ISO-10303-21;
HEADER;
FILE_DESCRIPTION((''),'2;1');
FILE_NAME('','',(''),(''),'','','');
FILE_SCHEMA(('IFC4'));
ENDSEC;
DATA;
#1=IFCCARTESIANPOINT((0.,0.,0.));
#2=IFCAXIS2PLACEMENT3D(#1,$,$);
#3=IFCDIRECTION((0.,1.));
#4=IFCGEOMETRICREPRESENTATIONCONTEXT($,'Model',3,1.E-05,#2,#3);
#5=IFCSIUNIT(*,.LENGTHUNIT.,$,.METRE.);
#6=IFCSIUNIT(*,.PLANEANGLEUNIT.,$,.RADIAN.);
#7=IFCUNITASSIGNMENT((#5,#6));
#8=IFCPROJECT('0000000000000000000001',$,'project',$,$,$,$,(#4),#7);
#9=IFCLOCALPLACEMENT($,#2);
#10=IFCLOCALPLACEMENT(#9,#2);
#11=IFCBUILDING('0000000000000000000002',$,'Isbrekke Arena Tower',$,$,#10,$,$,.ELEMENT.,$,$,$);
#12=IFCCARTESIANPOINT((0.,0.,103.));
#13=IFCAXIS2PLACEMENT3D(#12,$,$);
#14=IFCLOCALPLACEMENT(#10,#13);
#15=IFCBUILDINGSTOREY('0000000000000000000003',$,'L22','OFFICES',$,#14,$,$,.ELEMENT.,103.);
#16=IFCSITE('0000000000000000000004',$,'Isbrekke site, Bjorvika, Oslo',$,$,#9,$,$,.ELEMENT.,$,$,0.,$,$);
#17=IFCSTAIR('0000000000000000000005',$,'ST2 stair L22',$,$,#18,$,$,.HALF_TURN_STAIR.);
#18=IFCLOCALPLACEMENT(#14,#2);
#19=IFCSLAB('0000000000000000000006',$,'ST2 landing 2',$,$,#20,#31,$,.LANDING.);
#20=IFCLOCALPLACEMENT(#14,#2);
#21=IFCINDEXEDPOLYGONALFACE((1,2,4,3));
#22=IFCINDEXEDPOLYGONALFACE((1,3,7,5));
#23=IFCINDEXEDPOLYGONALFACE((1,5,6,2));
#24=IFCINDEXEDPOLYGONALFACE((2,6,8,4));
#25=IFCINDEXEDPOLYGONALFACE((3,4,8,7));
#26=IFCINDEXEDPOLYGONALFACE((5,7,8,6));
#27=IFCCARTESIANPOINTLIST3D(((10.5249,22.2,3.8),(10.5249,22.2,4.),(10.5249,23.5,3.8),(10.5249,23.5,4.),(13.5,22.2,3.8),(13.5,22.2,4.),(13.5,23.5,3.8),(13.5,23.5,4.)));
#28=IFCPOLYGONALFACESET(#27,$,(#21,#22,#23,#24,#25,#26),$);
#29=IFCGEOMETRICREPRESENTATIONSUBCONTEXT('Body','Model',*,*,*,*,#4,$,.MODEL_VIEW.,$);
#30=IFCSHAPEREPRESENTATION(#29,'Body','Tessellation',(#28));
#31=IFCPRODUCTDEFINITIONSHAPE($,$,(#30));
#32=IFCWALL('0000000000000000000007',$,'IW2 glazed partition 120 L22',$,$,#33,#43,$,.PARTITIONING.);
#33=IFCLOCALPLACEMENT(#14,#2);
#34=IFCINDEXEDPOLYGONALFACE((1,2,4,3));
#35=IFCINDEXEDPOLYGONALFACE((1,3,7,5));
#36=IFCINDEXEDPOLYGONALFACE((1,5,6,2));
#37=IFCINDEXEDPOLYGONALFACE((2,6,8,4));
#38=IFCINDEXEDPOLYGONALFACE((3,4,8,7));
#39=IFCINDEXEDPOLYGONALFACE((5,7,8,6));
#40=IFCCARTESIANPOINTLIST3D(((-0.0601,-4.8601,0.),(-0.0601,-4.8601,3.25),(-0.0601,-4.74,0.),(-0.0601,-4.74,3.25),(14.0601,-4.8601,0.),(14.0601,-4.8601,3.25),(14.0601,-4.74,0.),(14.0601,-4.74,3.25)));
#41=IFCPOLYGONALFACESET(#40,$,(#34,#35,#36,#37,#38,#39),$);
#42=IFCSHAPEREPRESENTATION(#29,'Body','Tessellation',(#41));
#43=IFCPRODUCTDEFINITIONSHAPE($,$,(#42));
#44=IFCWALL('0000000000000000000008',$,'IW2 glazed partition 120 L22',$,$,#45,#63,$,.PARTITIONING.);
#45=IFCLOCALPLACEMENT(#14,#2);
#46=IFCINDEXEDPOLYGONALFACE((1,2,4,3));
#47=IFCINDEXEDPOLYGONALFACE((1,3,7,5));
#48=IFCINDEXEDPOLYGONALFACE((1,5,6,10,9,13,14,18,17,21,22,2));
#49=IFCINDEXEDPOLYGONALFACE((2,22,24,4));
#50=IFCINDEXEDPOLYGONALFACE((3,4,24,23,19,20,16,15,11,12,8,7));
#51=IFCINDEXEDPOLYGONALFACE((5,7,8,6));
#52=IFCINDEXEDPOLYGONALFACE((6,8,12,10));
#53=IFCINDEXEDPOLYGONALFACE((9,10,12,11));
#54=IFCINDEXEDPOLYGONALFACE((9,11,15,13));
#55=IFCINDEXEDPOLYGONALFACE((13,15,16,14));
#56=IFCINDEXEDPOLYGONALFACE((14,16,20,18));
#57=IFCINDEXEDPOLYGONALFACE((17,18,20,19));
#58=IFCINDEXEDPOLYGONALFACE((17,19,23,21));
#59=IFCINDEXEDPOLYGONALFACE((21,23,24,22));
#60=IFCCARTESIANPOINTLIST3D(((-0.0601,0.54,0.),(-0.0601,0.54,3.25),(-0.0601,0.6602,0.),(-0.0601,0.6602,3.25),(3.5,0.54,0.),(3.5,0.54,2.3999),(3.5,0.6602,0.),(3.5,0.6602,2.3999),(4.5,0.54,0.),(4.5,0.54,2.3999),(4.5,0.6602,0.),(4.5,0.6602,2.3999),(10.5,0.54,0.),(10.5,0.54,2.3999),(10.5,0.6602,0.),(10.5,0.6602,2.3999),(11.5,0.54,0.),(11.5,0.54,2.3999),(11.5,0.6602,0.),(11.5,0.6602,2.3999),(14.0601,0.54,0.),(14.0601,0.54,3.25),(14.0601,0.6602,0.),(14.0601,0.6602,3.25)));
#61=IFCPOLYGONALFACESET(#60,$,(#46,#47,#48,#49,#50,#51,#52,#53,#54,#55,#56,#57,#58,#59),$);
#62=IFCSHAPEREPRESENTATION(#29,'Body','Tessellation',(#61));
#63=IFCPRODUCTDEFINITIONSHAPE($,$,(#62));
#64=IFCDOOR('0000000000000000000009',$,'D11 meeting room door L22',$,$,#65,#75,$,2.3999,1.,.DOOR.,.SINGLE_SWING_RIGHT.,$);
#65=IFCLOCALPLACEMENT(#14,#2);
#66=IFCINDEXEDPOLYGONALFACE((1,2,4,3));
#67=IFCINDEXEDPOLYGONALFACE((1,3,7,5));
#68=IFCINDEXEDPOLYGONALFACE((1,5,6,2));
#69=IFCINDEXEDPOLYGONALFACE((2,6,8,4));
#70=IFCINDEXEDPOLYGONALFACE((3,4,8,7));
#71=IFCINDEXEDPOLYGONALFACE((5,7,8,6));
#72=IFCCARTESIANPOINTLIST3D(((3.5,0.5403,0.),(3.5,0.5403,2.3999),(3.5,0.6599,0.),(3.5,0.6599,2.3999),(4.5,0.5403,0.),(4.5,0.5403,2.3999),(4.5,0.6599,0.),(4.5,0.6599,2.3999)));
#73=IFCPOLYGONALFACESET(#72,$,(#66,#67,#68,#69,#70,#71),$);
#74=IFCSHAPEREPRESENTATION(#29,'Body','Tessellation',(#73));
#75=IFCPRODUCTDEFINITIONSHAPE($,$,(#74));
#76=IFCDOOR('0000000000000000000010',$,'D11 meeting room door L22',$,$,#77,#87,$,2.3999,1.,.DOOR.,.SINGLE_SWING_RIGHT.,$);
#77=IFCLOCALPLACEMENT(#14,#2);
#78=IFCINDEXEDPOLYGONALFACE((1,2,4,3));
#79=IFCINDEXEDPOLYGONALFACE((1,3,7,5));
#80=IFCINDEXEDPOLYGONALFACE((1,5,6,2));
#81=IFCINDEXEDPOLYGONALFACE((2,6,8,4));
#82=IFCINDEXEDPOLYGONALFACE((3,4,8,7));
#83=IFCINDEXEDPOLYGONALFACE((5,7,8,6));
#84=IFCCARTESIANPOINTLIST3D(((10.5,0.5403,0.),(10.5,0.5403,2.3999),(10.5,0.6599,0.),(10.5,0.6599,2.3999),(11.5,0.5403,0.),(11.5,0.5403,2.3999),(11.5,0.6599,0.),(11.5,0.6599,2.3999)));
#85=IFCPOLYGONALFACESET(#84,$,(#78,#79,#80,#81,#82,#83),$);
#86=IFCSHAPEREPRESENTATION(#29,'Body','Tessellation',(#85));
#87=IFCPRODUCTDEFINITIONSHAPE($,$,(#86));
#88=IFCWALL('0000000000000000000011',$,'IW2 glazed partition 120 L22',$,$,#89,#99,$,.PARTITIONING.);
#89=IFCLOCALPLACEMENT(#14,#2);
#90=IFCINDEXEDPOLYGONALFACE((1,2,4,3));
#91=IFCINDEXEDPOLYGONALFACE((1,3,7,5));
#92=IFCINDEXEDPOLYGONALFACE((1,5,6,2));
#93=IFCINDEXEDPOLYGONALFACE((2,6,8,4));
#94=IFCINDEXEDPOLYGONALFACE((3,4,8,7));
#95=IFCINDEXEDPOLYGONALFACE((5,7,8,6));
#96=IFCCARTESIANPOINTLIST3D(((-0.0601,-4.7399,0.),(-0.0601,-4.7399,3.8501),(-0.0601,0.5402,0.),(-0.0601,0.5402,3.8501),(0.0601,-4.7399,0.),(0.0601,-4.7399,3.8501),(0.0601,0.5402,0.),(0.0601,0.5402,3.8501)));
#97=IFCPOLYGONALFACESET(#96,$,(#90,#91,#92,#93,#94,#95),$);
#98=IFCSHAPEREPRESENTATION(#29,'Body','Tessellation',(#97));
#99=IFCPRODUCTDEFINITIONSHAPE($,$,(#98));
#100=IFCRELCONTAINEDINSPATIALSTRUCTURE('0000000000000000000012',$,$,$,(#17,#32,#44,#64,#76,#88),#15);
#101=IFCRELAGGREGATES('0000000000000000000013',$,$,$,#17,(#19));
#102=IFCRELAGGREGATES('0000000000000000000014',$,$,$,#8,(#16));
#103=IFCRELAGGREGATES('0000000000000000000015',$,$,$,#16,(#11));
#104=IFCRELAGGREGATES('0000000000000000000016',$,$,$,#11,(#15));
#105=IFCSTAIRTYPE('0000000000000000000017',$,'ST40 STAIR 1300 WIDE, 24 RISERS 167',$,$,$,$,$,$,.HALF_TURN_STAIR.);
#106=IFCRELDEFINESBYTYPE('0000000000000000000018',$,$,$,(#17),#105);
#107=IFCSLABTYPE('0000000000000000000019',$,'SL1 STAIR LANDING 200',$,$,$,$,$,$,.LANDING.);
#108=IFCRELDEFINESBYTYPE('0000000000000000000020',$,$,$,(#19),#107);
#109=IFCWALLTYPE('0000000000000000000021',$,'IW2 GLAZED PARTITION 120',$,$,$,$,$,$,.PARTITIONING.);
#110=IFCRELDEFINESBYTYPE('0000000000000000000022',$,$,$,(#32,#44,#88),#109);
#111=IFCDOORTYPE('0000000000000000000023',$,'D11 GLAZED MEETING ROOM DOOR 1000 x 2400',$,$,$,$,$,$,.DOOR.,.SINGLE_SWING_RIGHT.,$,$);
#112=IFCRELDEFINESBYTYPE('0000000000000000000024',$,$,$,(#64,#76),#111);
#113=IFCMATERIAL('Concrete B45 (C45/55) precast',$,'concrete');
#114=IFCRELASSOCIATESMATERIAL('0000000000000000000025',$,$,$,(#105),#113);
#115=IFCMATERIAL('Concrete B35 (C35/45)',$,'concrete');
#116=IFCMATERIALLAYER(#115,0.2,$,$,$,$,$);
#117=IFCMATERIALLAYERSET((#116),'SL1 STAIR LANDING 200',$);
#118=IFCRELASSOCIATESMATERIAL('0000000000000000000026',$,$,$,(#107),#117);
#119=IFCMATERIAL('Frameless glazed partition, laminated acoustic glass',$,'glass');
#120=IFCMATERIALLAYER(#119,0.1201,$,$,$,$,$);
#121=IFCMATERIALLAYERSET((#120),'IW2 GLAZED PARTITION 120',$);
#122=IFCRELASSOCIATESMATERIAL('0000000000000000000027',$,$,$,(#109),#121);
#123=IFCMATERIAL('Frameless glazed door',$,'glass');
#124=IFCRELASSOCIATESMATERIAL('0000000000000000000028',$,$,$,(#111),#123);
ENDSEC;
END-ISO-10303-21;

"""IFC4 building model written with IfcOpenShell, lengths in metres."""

from ifc_helpers import new_model, si_unit, direction, frame, frame_2d, origin, place, context, subcontext, project, spatial, polyline, rectangle, outline, extrude, material, layer, layer_set, type_object, element, fill, aggregate, save


model = new_model("IFC4")

# Units and contexts
model_context = context("Model", 3, precision=1e-05, world=origin(), true_north=direction((0.0, 1.0)))
body_context = subcontext(model_context, "Body", "Model", "MODEL_VIEW")
ifc_project = project(units=[si_unit("LENGTHUNIT", "METRE"), si_unit("PLANEANGLEUNIT", "RADIAN")], contexts=[model_context])

# Site, building, storey
site_placement = place(None, origin())
site = spatial("IfcSite", under=ifc_project, at=site_placement, Name="Isbrekke site, Bjorvika, Oslo", CompositionType="ELEMENT", RefElevation=0.0)
building_placement = place(site_placement, origin())
building = spatial("IfcBuilding", under=site, at=building_placement, Name="Isbrekke Arena Tower", CompositionType="ELEMENT")
storey_placement = place(building_placement, frame((0.0, 0.0, 103.0)))
storey = spatial("IfcBuildingStorey", under=building, at=storey_placement, Name="L22", Description="OFFICES", CompositionType="ELEMENT", Elevation=103.0)

# Stair, slab
ifc_material_1 = material(Name="Concrete B45 (C45/55) precast", Category="concrete")
stair_type = type_object("IfcStairType", Name="ST40 STAIR 1300 WIDE, 24 RISERS 167", PredefinedType="HALF_TURN_STAIR", material=ifc_material_1)
ifc_material_2 = material(Name="Concrete B35 (C35/45)", Category="concrete")
ifc_layer_1 = layer(ifc_material_2, 0.2)
ifc_layer_set_1 = layer_set([ifc_layer_1], Name="SL1 STAIR LANDING 200")
slab_type_1 = type_object("IfcSlabType", Name="SL1 STAIR LANDING 200", PredefinedType="LANDING", material=ifc_layer_set_1)
stair_1_placement = place(storey_placement, origin())
stair_1 = element("IfcStair", 1, at=stair_1_placement, inside=storey, type_object=stair_type, Name="ST2 stair L22", PredefinedType="HALF_TURN_STAIR")
slab_1_placement = place(storey_placement, frame((0.0, 0.0, 3.8)))
slab_1 = element("IfcSlab", 2, at=slab_1_placement, type_object=slab_type_1, Name="ST2 landing 2", PredefinedType="LANDING", context=body_context, shape_type="SweptSolid", body=[
    extrude(outline(polyline([(10.5249, 22.2), (13.5, 22.2), (13.5, 23.5), (10.5249, 23.5), (10.5249, 22.2)])), origin(), (0.0, 0.0, 1.0), 0.2),
])
aggregate(stair_1, [slab_1])

# Wall
ifc_material_3 = material(Name="Frameless glazed partition, laminated acoustic glass", Category="glass")
ifc_layer_2 = layer(ifc_material_3, 0.1201)
ifc_layer_set_2 = layer_set([ifc_layer_2], Name="IW2 GLAZED PARTITION 120")
wall_type = type_object("IfcWallType", Name="IW2 GLAZED PARTITION 120", PredefinedType="PARTITIONING", material=ifc_layer_set_2)
wall_1_placement = place(storey_placement, frame((-0.0601, -4.8, 0.0), z_axis=(0.0, 0.0, 1.0), x_axis=(1.0, 0.0, 0.0)))
element("IfcWall", 3, at=wall_1_placement, inside=storey, type_object=wall_type, Name="IW2 glazed partition 120 L22", PredefinedType="PARTITIONING", context=body_context, shape_type="SweptSolid", body=[
    extrude(rectangle(XDim=14.1201, YDim=0.1201, at=frame_2d((7.0601, 0.0))), origin(), (0.0, 0.0, 1.0), 3.25),
])

# Wall, openings, doors
wall_2_placement = place(storey_placement, frame((-0.0601, 0.6001, 0.0), z_axis=(0.0, 0.0, 1.0), x_axis=(1.0, 0.0, 0.0)))
wall_2 = element("IfcWall", 4, at=wall_2_placement, inside=storey, type_object=wall_type, Name="IW2 glazed partition 120 L22", PredefinedType="PARTITIONING", context=body_context, shape_type="SweptSolid", body=[
    extrude(rectangle(XDim=14.1201, YDim=0.1201, at=frame_2d((7.0601, 0.0))), origin(), (0.0, 0.0, 1.0), 3.25),
])
opening_1_placement = place(wall_2_placement, frame((3.5601, 0.0, 0.0)))
opening_1 = element("IfcOpeningElement", 5, at=opening_1_placement, cuts=wall_2, PredefinedType="OPENING", context=body_context, shape_type="SweptSolid", body=[
    extrude(rectangle(XDim=1.0, YDim=2.3999, at=frame_2d((0.5, 1.2))), frame((0.0, 0.075, 0.0), z_axis=(0.0, -1.0, 0.0), x_axis=(1.0, 0.0, 0.0)), (0.0, 0.0, 1.0), 0.1499),
])
opening_2_placement = place(wall_2_placement, frame((10.5601, 0.0, 0.0)))
opening_2 = element("IfcOpeningElement", 6, at=opening_2_placement, cuts=wall_2, PredefinedType="OPENING", context=body_context, shape_type="SweptSolid", body=[
    extrude(rectangle(XDim=1.0, YDim=2.3999, at=frame_2d((0.5, 1.2))), frame((0.0, 0.075, 0.0), z_axis=(0.0, -1.0, 0.0), x_axis=(1.0, 0.0, 0.0)), (0.0, 0.0, 1.0), 0.1499),
])
ifc_material_4 = material(Name="Frameless glazed door", Category="glass")
door_type = type_object("IfcDoorType", Name="D11 GLAZED MEETING ROOM DOOR 1000 x 2400", OperationType="SINGLE_SWING_RIGHT", PredefinedType="DOOR", material=ifc_material_4)
door_1_placement = place(opening_1_placement, origin())
door_1 = element("IfcDoor", 7, at=door_1_placement, inside=storey, type_object=door_type, Name="D11 meeting room door L22", OperationType="SINGLE_SWING_RIGHT", OverallHeight=2.3999, OverallWidth=1.0, PredefinedType="DOOR", context=body_context, shape_type="SweptSolid", body=[
    extrude(rectangle(XDim=1.0, YDim=2.3999, at=frame_2d((0.5, 1.2))), frame((0.0, 0.0598, 0.0), z_axis=(0.0, -1.0, 0.0), x_axis=(1.0, 0.0, 0.0)), (0.0, 0.0, 1.0), 0.1196),
])
fill(opening_1, door_1)
door_2_placement = place(opening_2_placement, origin())
door_2 = element("IfcDoor", 8, at=door_2_placement, inside=storey, type_object=door_type, Name="D11 meeting room door L22", OperationType="SINGLE_SWING_RIGHT", OverallHeight=2.3999, OverallWidth=1.0, PredefinedType="DOOR", context=body_context, shape_type="SweptSolid", body=[
    extrude(rectangle(XDim=1.0, YDim=2.3999, at=frame_2d((0.5, 1.2))), frame((0.0, 0.0598, 0.0), z_axis=(0.0, -1.0, 0.0), x_axis=(1.0, 0.0, 0.0)), (0.0, 0.0, 1.0), 0.1196),
])
fill(opening_2, door_2)

# Wall
wall_3_placement = place(storey_placement, frame((0.0, -4.74, 0.0), z_axis=(0.0, 0.0, 1.0), x_axis=(0.0, 1.0, 0.0)))
element("IfcWall", 9, at=wall_3_placement, inside=storey, type_object=wall_type, Name="IW2 glazed partition 120 L22", PredefinedType="PARTITIONING", context=body_context, shape_type="SweptSolid", body=[
    extrude(rectangle(XDim=5.28, YDim=0.1201, at=frame_2d((2.6401, 0.0))), origin(), (0.0, 0.0, 1.0), 3.8501),
])

save(model, "model.ifc")
